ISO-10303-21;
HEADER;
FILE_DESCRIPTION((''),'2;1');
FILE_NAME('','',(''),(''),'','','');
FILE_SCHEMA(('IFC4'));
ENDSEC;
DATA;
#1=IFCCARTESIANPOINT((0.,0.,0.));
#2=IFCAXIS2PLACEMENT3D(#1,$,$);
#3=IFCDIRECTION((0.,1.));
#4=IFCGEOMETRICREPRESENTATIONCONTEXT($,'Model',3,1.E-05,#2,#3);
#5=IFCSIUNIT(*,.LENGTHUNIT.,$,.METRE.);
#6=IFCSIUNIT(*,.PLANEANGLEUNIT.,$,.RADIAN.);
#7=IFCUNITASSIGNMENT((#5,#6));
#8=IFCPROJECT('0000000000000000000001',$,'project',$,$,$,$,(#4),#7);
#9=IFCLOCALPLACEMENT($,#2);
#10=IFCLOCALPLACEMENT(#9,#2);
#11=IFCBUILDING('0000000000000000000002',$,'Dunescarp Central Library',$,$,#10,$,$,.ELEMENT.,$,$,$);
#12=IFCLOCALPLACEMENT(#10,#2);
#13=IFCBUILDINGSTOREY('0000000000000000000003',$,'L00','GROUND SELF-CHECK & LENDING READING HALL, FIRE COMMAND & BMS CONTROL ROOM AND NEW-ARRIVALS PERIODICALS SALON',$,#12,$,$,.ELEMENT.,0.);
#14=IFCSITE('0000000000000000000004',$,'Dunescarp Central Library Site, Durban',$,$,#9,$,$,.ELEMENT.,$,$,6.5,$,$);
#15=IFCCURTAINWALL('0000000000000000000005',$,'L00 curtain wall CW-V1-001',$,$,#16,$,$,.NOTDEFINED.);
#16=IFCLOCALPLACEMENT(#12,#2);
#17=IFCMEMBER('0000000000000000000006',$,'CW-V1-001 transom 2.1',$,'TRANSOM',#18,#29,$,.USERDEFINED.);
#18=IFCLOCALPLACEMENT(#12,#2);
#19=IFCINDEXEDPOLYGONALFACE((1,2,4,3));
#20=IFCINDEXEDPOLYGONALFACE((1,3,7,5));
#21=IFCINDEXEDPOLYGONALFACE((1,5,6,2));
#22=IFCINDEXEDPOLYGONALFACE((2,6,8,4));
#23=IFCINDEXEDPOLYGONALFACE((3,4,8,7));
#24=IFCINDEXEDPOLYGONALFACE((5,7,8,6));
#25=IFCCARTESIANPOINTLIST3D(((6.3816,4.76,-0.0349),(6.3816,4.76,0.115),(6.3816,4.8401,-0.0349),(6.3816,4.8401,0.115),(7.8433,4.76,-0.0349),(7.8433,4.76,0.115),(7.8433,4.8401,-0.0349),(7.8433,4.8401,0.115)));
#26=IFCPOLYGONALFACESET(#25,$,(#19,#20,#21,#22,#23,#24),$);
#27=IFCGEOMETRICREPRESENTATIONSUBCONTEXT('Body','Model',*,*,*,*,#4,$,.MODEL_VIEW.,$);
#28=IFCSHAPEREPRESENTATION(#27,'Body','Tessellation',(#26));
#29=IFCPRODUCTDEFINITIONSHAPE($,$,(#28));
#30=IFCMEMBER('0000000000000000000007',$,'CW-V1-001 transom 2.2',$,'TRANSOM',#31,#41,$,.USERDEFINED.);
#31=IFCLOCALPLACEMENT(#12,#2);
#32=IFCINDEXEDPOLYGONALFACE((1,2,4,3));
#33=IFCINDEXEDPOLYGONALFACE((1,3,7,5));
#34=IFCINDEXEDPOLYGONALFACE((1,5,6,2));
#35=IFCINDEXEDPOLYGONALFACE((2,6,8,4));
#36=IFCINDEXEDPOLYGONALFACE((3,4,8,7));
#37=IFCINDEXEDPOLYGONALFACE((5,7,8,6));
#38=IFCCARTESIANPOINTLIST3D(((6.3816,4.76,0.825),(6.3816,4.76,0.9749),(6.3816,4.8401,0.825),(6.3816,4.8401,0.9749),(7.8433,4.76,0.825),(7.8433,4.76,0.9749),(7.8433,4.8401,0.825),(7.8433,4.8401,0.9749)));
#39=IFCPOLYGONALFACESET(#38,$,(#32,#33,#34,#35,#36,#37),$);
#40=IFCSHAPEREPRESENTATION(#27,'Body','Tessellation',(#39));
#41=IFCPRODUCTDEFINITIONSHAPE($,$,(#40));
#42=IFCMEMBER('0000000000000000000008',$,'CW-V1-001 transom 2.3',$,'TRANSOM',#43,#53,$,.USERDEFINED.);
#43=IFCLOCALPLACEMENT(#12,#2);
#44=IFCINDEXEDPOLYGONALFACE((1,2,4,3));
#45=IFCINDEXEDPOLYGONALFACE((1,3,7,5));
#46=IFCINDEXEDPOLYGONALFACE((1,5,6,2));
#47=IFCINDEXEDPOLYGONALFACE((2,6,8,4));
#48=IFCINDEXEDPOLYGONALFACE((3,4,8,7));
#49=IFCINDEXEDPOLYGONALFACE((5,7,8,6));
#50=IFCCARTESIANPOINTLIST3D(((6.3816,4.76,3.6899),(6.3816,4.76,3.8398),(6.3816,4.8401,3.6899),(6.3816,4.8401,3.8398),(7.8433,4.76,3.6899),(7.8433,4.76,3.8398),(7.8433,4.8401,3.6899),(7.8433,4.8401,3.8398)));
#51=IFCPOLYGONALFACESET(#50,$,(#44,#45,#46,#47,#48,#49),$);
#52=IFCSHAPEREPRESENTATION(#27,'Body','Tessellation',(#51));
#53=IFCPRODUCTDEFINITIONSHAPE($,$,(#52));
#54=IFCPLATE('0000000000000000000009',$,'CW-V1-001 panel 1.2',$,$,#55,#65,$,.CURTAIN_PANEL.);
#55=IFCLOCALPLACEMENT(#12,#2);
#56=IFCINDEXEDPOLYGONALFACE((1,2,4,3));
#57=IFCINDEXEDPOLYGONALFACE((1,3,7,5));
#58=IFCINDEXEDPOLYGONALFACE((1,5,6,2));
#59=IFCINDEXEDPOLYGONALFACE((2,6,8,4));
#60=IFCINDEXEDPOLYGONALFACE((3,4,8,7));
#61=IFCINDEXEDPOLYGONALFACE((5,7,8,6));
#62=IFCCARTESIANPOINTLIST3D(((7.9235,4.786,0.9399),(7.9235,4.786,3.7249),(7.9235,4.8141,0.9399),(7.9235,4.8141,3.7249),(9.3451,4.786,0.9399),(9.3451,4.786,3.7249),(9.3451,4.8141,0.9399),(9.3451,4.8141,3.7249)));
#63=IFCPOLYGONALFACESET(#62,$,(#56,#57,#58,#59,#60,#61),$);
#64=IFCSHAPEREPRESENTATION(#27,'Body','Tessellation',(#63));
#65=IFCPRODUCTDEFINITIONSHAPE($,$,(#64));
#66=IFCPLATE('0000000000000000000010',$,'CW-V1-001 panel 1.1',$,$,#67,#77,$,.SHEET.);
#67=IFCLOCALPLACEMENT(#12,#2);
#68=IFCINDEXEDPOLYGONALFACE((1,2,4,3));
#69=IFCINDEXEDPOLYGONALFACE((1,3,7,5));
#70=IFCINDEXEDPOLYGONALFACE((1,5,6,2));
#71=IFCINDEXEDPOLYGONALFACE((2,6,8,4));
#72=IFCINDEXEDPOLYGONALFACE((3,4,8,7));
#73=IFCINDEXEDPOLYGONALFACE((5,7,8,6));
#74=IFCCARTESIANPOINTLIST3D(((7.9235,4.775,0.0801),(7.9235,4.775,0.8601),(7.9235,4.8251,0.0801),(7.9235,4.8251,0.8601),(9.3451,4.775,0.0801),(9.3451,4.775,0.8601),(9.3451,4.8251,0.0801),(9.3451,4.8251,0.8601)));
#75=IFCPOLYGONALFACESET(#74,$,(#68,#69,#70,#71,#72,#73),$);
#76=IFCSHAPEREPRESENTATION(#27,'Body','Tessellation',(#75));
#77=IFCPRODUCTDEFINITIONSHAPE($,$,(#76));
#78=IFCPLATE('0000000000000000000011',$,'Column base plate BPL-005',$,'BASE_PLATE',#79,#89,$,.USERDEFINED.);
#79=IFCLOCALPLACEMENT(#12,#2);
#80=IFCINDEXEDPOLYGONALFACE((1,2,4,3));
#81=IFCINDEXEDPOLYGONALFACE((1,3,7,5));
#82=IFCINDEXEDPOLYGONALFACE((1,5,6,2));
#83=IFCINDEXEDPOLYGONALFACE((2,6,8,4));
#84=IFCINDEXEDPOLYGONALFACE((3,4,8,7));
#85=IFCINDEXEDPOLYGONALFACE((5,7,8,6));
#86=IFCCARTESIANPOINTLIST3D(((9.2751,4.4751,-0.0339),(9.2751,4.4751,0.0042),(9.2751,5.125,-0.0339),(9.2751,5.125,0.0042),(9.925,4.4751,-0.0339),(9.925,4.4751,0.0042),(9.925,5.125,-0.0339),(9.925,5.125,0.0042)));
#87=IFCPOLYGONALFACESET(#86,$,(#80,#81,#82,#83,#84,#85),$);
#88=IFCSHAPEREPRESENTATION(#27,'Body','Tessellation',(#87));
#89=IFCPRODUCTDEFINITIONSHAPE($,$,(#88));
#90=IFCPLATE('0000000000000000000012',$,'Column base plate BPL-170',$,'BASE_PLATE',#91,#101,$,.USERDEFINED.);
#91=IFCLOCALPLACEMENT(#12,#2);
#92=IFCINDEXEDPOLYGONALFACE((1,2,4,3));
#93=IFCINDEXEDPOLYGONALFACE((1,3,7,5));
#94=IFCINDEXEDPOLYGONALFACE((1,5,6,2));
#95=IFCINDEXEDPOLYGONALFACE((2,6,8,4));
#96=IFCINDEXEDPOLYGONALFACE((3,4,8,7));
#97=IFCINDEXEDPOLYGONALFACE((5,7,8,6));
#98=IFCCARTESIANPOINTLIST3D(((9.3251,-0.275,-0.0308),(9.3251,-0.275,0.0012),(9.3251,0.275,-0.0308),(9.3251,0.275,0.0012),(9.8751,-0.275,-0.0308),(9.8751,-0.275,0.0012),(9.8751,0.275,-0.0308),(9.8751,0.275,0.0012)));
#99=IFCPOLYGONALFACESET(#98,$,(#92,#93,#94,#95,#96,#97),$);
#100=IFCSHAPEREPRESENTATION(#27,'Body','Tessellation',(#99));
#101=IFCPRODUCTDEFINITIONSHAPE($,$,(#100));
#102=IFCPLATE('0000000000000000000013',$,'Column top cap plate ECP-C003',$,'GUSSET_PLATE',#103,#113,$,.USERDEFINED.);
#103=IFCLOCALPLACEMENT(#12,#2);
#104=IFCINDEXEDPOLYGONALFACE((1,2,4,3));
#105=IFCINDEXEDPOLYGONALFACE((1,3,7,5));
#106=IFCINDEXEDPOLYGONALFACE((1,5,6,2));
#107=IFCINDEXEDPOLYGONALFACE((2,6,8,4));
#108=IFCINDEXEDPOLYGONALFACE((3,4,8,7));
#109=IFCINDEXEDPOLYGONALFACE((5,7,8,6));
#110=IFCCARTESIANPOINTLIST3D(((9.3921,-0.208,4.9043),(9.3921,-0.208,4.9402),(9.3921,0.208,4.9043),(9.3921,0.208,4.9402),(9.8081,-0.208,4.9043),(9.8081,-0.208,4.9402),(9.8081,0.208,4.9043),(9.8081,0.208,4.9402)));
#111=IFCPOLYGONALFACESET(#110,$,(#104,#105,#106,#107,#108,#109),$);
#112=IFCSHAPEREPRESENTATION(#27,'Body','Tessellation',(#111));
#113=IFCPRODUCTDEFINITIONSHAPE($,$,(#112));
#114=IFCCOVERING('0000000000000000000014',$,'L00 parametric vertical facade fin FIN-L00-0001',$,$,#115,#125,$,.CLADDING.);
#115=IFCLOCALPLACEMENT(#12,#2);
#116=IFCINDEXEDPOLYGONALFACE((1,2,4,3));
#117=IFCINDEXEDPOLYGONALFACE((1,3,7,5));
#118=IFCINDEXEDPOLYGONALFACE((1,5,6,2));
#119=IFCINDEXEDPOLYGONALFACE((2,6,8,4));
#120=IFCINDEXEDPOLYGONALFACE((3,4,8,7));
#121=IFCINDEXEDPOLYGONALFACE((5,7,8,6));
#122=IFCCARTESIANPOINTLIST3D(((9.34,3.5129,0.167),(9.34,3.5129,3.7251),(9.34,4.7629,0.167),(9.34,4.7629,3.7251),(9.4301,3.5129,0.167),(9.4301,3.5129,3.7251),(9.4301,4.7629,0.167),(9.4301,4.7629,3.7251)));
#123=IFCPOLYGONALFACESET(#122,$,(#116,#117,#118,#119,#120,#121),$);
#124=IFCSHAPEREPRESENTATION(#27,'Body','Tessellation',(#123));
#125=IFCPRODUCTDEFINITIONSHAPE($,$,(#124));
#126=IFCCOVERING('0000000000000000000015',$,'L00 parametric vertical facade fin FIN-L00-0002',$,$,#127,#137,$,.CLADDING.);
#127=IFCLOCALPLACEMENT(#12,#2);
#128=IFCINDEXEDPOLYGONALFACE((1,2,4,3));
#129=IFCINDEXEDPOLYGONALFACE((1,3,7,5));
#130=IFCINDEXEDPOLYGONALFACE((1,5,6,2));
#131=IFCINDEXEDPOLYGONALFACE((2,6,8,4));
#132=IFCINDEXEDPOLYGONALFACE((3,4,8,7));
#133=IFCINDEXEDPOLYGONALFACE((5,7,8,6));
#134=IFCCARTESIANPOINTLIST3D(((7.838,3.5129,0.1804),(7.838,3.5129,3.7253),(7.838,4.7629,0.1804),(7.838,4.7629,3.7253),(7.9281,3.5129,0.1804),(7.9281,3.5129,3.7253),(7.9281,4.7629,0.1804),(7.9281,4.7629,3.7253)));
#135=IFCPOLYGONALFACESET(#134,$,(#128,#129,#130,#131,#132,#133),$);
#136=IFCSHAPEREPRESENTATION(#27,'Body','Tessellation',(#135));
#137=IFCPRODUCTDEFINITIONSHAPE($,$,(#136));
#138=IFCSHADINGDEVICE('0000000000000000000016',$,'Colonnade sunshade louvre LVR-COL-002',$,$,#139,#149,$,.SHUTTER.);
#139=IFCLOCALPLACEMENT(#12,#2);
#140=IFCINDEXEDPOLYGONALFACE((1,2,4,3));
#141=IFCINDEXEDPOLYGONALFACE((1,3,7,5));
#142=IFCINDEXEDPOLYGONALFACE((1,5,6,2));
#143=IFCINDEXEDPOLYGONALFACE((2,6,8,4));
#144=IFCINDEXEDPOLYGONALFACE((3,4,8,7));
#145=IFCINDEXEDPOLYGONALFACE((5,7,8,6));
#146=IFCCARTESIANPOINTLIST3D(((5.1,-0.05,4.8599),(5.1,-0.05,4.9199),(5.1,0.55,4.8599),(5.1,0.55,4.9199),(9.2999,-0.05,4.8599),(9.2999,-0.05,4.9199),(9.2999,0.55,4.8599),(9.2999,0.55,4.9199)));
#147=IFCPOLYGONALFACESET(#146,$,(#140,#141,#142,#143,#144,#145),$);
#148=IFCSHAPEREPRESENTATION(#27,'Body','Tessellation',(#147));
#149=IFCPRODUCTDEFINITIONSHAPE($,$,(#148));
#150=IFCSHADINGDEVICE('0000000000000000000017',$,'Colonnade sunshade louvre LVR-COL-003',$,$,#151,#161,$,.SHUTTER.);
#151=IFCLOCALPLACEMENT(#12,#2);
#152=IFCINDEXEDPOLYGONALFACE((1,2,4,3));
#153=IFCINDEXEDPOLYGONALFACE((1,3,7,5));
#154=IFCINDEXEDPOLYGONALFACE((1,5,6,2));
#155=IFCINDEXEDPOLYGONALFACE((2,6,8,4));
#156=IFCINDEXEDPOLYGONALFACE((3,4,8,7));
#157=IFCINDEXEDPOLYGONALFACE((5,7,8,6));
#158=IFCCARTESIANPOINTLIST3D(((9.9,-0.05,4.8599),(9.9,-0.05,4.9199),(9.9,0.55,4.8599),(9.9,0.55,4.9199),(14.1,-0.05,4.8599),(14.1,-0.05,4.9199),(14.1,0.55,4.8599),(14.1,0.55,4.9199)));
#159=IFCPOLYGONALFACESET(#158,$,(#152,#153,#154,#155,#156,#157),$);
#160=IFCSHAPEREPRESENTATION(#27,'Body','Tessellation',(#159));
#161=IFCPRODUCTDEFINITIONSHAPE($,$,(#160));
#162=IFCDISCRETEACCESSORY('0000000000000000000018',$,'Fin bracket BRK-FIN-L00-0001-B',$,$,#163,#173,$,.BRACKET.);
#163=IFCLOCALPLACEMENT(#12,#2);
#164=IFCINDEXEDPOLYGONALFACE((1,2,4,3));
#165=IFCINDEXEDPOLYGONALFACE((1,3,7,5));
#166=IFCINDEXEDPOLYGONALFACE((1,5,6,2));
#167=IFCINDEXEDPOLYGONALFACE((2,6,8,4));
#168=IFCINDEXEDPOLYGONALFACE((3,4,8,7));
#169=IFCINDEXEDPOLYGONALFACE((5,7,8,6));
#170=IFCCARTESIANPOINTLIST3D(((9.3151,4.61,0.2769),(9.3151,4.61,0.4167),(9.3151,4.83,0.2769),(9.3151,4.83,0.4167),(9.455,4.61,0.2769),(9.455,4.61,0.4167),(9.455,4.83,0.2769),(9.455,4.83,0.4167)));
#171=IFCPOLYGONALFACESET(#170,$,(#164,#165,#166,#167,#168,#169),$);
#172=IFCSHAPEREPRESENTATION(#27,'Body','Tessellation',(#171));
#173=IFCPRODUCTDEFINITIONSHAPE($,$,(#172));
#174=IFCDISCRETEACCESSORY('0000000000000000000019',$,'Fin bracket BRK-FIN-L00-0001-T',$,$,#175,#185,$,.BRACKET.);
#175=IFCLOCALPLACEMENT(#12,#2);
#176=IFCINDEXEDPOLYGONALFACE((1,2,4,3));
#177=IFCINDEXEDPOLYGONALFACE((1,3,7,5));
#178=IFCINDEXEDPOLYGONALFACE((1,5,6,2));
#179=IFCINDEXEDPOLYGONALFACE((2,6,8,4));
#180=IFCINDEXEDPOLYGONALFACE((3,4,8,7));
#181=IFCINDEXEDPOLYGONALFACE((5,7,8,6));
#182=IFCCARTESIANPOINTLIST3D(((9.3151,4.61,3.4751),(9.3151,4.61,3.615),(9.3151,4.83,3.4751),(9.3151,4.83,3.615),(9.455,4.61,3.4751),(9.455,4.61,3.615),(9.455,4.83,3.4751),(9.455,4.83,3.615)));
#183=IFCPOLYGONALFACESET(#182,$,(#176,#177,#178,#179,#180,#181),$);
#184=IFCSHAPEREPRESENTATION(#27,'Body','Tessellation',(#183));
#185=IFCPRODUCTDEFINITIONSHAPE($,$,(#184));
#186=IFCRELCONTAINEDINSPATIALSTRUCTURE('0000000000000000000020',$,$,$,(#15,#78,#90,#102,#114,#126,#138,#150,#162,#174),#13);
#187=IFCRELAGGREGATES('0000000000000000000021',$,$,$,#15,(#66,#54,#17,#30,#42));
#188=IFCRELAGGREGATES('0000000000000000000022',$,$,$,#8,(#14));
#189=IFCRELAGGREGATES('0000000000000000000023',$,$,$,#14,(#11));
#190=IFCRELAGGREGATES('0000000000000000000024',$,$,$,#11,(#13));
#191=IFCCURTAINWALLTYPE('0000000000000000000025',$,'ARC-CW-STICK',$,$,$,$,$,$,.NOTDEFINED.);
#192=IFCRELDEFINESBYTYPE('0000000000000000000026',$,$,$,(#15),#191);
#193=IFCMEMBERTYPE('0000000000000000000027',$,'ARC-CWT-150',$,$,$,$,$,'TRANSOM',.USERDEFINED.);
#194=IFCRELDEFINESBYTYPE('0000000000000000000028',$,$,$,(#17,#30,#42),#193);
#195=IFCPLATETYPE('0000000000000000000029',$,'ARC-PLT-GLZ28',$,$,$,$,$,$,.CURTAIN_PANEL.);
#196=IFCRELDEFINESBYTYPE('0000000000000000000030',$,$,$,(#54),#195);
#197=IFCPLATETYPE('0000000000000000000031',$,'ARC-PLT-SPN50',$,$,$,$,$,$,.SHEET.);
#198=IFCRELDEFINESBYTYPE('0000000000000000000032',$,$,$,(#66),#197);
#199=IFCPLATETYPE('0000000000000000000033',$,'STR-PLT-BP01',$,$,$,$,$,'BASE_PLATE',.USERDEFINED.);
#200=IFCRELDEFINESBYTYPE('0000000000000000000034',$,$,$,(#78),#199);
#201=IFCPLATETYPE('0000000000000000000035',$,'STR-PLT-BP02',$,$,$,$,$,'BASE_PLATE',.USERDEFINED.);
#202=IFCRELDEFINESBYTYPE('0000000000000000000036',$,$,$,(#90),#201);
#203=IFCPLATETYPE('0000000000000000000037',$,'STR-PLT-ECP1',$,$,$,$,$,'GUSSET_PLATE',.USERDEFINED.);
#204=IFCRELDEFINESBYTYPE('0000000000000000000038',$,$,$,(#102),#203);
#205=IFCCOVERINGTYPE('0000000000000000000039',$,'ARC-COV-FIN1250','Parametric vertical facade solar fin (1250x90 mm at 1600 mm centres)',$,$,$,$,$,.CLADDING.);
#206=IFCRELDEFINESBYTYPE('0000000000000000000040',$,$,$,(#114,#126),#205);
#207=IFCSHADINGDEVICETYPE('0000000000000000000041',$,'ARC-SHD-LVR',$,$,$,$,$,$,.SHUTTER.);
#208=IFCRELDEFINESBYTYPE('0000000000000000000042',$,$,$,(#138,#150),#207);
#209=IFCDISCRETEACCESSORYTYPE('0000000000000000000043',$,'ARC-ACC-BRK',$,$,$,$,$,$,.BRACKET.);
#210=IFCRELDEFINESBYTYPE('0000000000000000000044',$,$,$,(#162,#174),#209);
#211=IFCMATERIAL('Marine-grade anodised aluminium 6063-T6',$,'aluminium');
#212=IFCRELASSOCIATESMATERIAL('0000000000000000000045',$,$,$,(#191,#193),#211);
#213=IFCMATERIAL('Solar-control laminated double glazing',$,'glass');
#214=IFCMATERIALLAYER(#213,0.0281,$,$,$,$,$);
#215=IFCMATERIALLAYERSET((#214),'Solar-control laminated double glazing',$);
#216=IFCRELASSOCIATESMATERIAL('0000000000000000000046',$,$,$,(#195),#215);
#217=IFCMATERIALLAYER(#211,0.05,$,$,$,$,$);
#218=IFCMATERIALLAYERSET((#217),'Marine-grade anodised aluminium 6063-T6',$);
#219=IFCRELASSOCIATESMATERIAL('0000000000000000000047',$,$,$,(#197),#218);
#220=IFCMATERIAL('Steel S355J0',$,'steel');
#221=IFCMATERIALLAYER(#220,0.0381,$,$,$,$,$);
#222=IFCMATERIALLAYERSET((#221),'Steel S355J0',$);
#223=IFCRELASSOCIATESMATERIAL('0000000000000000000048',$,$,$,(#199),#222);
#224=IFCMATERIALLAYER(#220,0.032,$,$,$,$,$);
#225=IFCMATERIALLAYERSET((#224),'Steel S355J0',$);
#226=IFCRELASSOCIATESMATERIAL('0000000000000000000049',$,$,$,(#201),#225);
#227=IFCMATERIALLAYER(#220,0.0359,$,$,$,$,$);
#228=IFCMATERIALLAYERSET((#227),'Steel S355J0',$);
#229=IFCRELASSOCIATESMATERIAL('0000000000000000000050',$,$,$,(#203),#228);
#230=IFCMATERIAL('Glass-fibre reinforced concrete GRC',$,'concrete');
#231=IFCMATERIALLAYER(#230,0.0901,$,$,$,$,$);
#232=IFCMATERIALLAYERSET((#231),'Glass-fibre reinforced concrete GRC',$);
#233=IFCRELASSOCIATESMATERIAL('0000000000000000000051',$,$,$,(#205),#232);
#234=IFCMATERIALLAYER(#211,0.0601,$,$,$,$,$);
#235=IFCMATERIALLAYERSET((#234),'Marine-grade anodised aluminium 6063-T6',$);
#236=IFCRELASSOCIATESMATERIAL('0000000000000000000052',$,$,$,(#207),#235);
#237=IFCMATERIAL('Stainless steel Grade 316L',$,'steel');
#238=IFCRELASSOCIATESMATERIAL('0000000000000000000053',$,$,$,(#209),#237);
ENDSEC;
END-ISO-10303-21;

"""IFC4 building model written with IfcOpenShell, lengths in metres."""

from ifc_helpers import new_model, si_unit, direction, frame, origin, origin_2d, place, context, subcontext, project, spatial, rectangle, extrude, material, layer, layer_set, material_profile, profile_set, type_object, element, aggregate, save


model = new_model("IFC4")

# Units and contexts
model_context = context("Model", 3, precision=1e-05, world=origin(), true_north=direction((0.0, 1.0)))
body_context = subcontext(model_context, "Body", "Model", "MODEL_VIEW")
ifc_project = project(units=[si_unit("LENGTHUNIT", "METRE"), si_unit("PLANEANGLEUNIT", "RADIAN")], contexts=[model_context])

# Site, building, storey
site_placement = place(None, origin())
site = spatial("IfcSite", under=ifc_project, at=site_placement, Name="Dunescarp Central Library Site, Durban", CompositionType="ELEMENT", RefElevation=6.5)
building_placement = place(site_placement, origin())
building = spatial("IfcBuilding", under=site, at=building_placement, Name="Dunescarp Central Library", CompositionType="ELEMENT")
storey_placement = place(building_placement, origin())
storey = spatial("IfcBuildingStorey", under=building, at=storey_placement, Name="L00", Description="GROUND SELF-CHECK & LENDING READING HALL, FIRE COMMAND & BMS CONTROL ROOM AND NEW-ARRIVALS PERIODICALS SALON", CompositionType="ELEMENT", Elevation=0.0)

# Shared definitions
ifc_material_1 = material(Name="Steel S355J0", Category="steel")

# Curtain wall, members, plates
ifc_material_2 = material(Name="Marine-grade anodised aluminium 6063-T6", Category="aluminium")
curtain_wall_type = type_object("IfcCurtainWallType", Name="ARC-CW-STICK", PredefinedType="NOTDEFINED", material=ifc_material_2)
curtain_wall_placement = place(storey_placement, origin())
curtain_wall = element("IfcCurtainWall", 1, at=curtain_wall_placement, inside=storey, type_object=curtain_wall_type, Name="L00 curtain wall CW-V1-001", PredefinedType="NOTDEFINED")
ifc_material_profile_1 = material_profile(ifc_material_2, rectangle(XDim=0.0801, YDim=0.1499, at=origin_2d()), Name="AL 80x150")
ifc_profile_set_1 = profile_set([ifc_material_profile_1], Name="Marine-grade anodised aluminium 6063-T6")
member_type_1 = type_object("IfcMemberType", Name="ARC-CWT-150", ElementType="TRANSOM", PredefinedType="USERDEFINED", material=ifc_profile_set_1)
member_1_placement = place(storey_placement, frame((7.8433, 4.8, 0.04), z_axis=(-1.0, 0.0, 0.0), x_axis=(0.0, -1.0, 0.0)))
member_1 = element("IfcMember", 2, at=member_1_placement, type_object=member_type_1, Name="CW-V1-001 transom 2.1", ObjectType="TRANSOM", PredefinedType="USERDEFINED", context=body_context, shape_type="SweptSolid", body=[
    extrude(rectangle(XDim=0.0801, YDim=0.1499, at=origin_2d()), origin(), (0.0, 0.0, 1.0), 1.4617),
])
member_2_placement = place(storey_placement, frame((7.8433, 4.8, 0.8999), z_axis=(-1.0, 0.0, 0.0), x_axis=(0.0, -1.0, 0.0)))
member_2 = element("IfcMember", 3, at=member_2_placement, type_object=member_type_1, Name="CW-V1-001 transom 2.2", ObjectType="TRANSOM", PredefinedType="USERDEFINED", context=body_context, shape_type="SweptSolid", body=[
    extrude(rectangle(XDim=0.0801, YDim=0.1499, at=origin_2d()), origin(), (0.0, 0.0, 1.0), 1.4617),
])
member_3_placement = place(storey_placement, frame((7.8433, 4.8, 3.7649), z_axis=(-1.0, 0.0, 0.0), x_axis=(0.0, -1.0, 0.0)))
member_3 = element("IfcMember", 4, at=member_3_placement, type_object=member_type_1, Name="CW-V1-001 transom 2.3", ObjectType="TRANSOM", PredefinedType="USERDEFINED", context=body_context, shape_type="SweptSolid", body=[
    extrude(rectangle(XDim=0.0801, YDim=0.1499, at=origin_2d()), origin(), (0.0, 0.0, 1.0), 1.4617),
])
ifc_material_3 = material(Name="Solar-control laminated double glazing", Category="glass")
ifc_layer_1 = layer(ifc_material_3, 0.0281)
ifc_layer_set_1 = layer_set([ifc_layer_1], Name="Solar-control laminated double glazing")
plate_type_1 = type_object("IfcPlateType", Name="ARC-PLT-GLZ28", PredefinedType="CURTAIN_PANEL", material=ifc_layer_set_1)
plate_1_placement = place(storey_placement, frame((8.6343, 4.8, 0.9399), z_axis=(0.0, 0.0, 1.0), x_axis=(-1.0, 0.0, 0.0)))
plate_1 = element("IfcPlate", 5, at=plate_1_placement, type_object=plate_type_1, Name="CW-V1-001 panel 1.2", PredefinedType="CURTAIN_PANEL", context=body_context, shape_type="SweptSolid", body=[
    extrude(rectangle(XDim=1.4216, YDim=0.0281, at=origin_2d()), origin(), (0.0, 0.0, 1.0), 2.7849),
])
ifc_layer_2 = layer(ifc_material_2, 0.05)
ifc_layer_set_2 = layer_set([ifc_layer_2], Name="Marine-grade anodised aluminium 6063-T6")
plate_type_2 = type_object("IfcPlateType", Name="ARC-PLT-SPN50", PredefinedType="SHEET", material=ifc_layer_set_2)
plate_2_placement = place(storey_placement, frame((8.6343, 4.8, 0.0801), z_axis=(0.0, 0.0, 1.0), x_axis=(-1.0, 0.0, 0.0)))
plate_2 = element("IfcPlate", 6, at=plate_2_placement, type_object=plate_type_2, Name="CW-V1-001 panel 1.1", PredefinedType="SHEET", context=body_context, shape_type="SweptSolid", body=[
    extrude(rectangle(XDim=1.4216, YDim=0.05, at=origin_2d()), origin(), (0.0, 0.0, 1.0), 0.78),
])
aggregate(curtain_wall, [plate_2, plate_1, member_1, member_2, member_3])

# Plates
ifc_layer_3 = layer(ifc_material_1, 0.0381)
ifc_layer_set_3 = layer_set([ifc_layer_3], Name="Steel S355J0")
plate_type_3 = type_object("IfcPlateType", Name="STR-PLT-BP01", ElementType="BASE_PLATE", PredefinedType="USERDEFINED", material=ifc_layer_set_3)
plate_3_placement = place(storey_placement, frame((9.6001, 4.8, -0.0339), z_axis=(0.0, 0.0, 1.0), x_axis=(1.0, 0.0, 0.0)))
element("IfcPlate", 7, at=plate_3_placement, inside=storey, type_object=plate_type_3, Name="Column base plate BPL-005", ObjectType="BASE_PLATE", PredefinedType="USERDEFINED", context=body_context, shape_type="SweptSolid", body=[
    extrude(rectangle(XDim=0.6499, YDim=0.6499, at=origin_2d()), origin(), (0.0, 0.0, 1.0), 0.0381),
])
ifc_layer_4 = layer(ifc_material_1, 0.032)
ifc_layer_set_4 = layer_set([ifc_layer_4], Name="Steel S355J0")
plate_type_4 = type_object("IfcPlateType", Name="STR-PLT-BP02", ElementType="BASE_PLATE", PredefinedType="USERDEFINED", material=ifc_layer_set_4)
plate_4_placement = place(storey_placement, frame((9.6001, 0.0, -0.0308), z_axis=(0.0, 0.0, 1.0), x_axis=(1.0, 0.0, 0.0)))
element("IfcPlate", 8, at=plate_4_placement, inside=storey, type_object=plate_type_4, Name="Column base plate BPL-170", ObjectType="BASE_PLATE", PredefinedType="USERDEFINED", context=body_context, shape_type="SweptSolid", body=[
    extrude(rectangle(XDim=0.55, YDim=0.55, at=origin_2d()), origin(), (0.0, 0.0, 1.0), 0.032),
])
ifc_layer_5 = layer(ifc_material_1, 0.0359)
ifc_layer_set_5 = layer_set([ifc_layer_5], Name="Steel S355J0")
plate_type_5 = type_object("IfcPlateType", Name="STR-PLT-ECP1", ElementType="GUSSET_PLATE", PredefinedType="USERDEFINED", material=ifc_layer_set_5)
plate_5_placement = place(storey_placement, frame((9.6001, 0.0, 4.9043), z_axis=(0.0, 0.0, 1.0), x_axis=(1.0, 0.0, 0.0)))
element("IfcPlate", 9, at=plate_5_placement, inside=storey, type_object=plate_type_5, Name="Column top cap plate ECP-C003", ObjectType="GUSSET_PLATE", PredefinedType="USERDEFINED", context=body_context, shape_type="SweptSolid", body=[
    extrude(rectangle(XDim=0.416, YDim=0.416, at=origin_2d()), origin(), (0.0, 0.0, 1.0), 0.0359),
])

# Coverings
ifc_material_4 = material(Name="Glass-fibre reinforced concrete GRC", Category="concrete")
ifc_layer_6 = layer(ifc_material_4, 0.0901)
ifc_layer_set_6 = layer_set([ifc_layer_6], Name="Glass-fibre reinforced concrete GRC")
covering_type = type_object("IfcCoveringType", Name="ARC-COV-FIN1250", Description="Parametric vertical facade solar fin (1250x90 mm at 1600 mm centres)", PredefinedType="CLADDING", material=ifc_layer_set_6)
covering_1_placement = place(storey_placement, frame((9.385, 4.1379, 0.167), z_axis=(0.0, 0.0, 1.0), x_axis=(0.0, -1.0, 0.0)))
element("IfcCovering", 10, at=covering_1_placement, inside=storey, type_object=covering_type, Name="L00 parametric vertical facade fin FIN-L00-0001", PredefinedType="CLADDING", context=body_context, shape_type="SweptSolid", body=[
    extrude(rectangle(XDim=1.25, YDim=0.0901, at=origin_2d()), origin(), (0.0, 0.0, 1.0), 3.5581),
])
covering_2_placement = place(storey_placement, frame((7.8831, 4.1379, 0.1804), z_axis=(0.0, 0.0, 1.0), x_axis=(0.0, -1.0, 0.0)))
element("IfcCovering", 11, at=covering_2_placement, inside=storey, type_object=covering_type, Name="L00 parametric vertical facade fin FIN-L00-0002", PredefinedType="CLADDING", context=body_context, shape_type="SweptSolid", body=[
    extrude(rectangle(XDim=1.25, YDim=0.0901, at=origin_2d()), origin(), (0.0, 0.0, 1.0), 3.5449),
])

# Shading devices
ifc_layer_7 = layer(ifc_material_2, 0.0601)
ifc_layer_set_7 = layer_set([ifc_layer_7], Name="Marine-grade anodised aluminium 6063-T6")
shading_device_type = type_object("IfcShadingDeviceType", Name="ARC-SHD-LVR", PredefinedType="SHUTTER", material=ifc_layer_set_7)
for number, where, z_axis, x_axis, name in (
    (12, (7.2, 0.25, 4.8599), (0.0, 0.0, 1.0), (1.0, 0.0, 0.0), "Colonnade sunshade louvre LVR-COL-002"),
    (13, (12.0, 0.25, 4.8599), (0.0, 0.0, 1.0), (1.0, 0.0, 0.0), "Colonnade sunshade louvre LVR-COL-003"),
):
    element("IfcShadingDevice", number, at=place(storey_placement, frame(where, z_axis=z_axis, x_axis=x_axis)), inside=storey, type_object=shading_device_type, Name=name, PredefinedType="SHUTTER", context=body_context, shape_type="SweptSolid", body=[
        extrude(rectangle(XDim=4.2, YDim=0.6001, at=origin_2d()), origin(), (0.0, 0.0, 1.0), 0.0601),
    ])

# Discrete accessories
ifc_material_5 = material(Name="Stainless steel Grade 316L", Category="steel")
discrete_accessory_type = type_object("IfcDiscreteAccessoryType", Name="ARC-ACC-BRK", PredefinedType="BRACKET", material=ifc_material_5)
for number, where, z_axis, x_axis, name in (
    (14, (9.385, 4.72, 0.2769), (0.0, 0.0, 1.0), (0.0, -1.0, 0.0), "Fin bracket BRK-FIN-L00-0001-B"),
    (15, (9.385, 4.72, 3.4751), (0.0, 0.0, 1.0), (0.0, -1.0, 0.0), "Fin bracket BRK-FIN-L00-0001-T"),
):
    element("IfcDiscreteAccessory", number, at=place(storey_placement, frame(where, z_axis=z_axis, x_axis=x_axis)), inside=storey, type_object=discrete_accessory_type, Name=name, PredefinedType="BRACKET", context=body_context, shape_type="SweptSolid", body=[
        extrude(rectangle(XDim=0.22, YDim=0.1399, at=origin_2d()), origin(), (0.0, 0.0, 1.0), 0.1399),
    ])

save(model, "model.ifc")
